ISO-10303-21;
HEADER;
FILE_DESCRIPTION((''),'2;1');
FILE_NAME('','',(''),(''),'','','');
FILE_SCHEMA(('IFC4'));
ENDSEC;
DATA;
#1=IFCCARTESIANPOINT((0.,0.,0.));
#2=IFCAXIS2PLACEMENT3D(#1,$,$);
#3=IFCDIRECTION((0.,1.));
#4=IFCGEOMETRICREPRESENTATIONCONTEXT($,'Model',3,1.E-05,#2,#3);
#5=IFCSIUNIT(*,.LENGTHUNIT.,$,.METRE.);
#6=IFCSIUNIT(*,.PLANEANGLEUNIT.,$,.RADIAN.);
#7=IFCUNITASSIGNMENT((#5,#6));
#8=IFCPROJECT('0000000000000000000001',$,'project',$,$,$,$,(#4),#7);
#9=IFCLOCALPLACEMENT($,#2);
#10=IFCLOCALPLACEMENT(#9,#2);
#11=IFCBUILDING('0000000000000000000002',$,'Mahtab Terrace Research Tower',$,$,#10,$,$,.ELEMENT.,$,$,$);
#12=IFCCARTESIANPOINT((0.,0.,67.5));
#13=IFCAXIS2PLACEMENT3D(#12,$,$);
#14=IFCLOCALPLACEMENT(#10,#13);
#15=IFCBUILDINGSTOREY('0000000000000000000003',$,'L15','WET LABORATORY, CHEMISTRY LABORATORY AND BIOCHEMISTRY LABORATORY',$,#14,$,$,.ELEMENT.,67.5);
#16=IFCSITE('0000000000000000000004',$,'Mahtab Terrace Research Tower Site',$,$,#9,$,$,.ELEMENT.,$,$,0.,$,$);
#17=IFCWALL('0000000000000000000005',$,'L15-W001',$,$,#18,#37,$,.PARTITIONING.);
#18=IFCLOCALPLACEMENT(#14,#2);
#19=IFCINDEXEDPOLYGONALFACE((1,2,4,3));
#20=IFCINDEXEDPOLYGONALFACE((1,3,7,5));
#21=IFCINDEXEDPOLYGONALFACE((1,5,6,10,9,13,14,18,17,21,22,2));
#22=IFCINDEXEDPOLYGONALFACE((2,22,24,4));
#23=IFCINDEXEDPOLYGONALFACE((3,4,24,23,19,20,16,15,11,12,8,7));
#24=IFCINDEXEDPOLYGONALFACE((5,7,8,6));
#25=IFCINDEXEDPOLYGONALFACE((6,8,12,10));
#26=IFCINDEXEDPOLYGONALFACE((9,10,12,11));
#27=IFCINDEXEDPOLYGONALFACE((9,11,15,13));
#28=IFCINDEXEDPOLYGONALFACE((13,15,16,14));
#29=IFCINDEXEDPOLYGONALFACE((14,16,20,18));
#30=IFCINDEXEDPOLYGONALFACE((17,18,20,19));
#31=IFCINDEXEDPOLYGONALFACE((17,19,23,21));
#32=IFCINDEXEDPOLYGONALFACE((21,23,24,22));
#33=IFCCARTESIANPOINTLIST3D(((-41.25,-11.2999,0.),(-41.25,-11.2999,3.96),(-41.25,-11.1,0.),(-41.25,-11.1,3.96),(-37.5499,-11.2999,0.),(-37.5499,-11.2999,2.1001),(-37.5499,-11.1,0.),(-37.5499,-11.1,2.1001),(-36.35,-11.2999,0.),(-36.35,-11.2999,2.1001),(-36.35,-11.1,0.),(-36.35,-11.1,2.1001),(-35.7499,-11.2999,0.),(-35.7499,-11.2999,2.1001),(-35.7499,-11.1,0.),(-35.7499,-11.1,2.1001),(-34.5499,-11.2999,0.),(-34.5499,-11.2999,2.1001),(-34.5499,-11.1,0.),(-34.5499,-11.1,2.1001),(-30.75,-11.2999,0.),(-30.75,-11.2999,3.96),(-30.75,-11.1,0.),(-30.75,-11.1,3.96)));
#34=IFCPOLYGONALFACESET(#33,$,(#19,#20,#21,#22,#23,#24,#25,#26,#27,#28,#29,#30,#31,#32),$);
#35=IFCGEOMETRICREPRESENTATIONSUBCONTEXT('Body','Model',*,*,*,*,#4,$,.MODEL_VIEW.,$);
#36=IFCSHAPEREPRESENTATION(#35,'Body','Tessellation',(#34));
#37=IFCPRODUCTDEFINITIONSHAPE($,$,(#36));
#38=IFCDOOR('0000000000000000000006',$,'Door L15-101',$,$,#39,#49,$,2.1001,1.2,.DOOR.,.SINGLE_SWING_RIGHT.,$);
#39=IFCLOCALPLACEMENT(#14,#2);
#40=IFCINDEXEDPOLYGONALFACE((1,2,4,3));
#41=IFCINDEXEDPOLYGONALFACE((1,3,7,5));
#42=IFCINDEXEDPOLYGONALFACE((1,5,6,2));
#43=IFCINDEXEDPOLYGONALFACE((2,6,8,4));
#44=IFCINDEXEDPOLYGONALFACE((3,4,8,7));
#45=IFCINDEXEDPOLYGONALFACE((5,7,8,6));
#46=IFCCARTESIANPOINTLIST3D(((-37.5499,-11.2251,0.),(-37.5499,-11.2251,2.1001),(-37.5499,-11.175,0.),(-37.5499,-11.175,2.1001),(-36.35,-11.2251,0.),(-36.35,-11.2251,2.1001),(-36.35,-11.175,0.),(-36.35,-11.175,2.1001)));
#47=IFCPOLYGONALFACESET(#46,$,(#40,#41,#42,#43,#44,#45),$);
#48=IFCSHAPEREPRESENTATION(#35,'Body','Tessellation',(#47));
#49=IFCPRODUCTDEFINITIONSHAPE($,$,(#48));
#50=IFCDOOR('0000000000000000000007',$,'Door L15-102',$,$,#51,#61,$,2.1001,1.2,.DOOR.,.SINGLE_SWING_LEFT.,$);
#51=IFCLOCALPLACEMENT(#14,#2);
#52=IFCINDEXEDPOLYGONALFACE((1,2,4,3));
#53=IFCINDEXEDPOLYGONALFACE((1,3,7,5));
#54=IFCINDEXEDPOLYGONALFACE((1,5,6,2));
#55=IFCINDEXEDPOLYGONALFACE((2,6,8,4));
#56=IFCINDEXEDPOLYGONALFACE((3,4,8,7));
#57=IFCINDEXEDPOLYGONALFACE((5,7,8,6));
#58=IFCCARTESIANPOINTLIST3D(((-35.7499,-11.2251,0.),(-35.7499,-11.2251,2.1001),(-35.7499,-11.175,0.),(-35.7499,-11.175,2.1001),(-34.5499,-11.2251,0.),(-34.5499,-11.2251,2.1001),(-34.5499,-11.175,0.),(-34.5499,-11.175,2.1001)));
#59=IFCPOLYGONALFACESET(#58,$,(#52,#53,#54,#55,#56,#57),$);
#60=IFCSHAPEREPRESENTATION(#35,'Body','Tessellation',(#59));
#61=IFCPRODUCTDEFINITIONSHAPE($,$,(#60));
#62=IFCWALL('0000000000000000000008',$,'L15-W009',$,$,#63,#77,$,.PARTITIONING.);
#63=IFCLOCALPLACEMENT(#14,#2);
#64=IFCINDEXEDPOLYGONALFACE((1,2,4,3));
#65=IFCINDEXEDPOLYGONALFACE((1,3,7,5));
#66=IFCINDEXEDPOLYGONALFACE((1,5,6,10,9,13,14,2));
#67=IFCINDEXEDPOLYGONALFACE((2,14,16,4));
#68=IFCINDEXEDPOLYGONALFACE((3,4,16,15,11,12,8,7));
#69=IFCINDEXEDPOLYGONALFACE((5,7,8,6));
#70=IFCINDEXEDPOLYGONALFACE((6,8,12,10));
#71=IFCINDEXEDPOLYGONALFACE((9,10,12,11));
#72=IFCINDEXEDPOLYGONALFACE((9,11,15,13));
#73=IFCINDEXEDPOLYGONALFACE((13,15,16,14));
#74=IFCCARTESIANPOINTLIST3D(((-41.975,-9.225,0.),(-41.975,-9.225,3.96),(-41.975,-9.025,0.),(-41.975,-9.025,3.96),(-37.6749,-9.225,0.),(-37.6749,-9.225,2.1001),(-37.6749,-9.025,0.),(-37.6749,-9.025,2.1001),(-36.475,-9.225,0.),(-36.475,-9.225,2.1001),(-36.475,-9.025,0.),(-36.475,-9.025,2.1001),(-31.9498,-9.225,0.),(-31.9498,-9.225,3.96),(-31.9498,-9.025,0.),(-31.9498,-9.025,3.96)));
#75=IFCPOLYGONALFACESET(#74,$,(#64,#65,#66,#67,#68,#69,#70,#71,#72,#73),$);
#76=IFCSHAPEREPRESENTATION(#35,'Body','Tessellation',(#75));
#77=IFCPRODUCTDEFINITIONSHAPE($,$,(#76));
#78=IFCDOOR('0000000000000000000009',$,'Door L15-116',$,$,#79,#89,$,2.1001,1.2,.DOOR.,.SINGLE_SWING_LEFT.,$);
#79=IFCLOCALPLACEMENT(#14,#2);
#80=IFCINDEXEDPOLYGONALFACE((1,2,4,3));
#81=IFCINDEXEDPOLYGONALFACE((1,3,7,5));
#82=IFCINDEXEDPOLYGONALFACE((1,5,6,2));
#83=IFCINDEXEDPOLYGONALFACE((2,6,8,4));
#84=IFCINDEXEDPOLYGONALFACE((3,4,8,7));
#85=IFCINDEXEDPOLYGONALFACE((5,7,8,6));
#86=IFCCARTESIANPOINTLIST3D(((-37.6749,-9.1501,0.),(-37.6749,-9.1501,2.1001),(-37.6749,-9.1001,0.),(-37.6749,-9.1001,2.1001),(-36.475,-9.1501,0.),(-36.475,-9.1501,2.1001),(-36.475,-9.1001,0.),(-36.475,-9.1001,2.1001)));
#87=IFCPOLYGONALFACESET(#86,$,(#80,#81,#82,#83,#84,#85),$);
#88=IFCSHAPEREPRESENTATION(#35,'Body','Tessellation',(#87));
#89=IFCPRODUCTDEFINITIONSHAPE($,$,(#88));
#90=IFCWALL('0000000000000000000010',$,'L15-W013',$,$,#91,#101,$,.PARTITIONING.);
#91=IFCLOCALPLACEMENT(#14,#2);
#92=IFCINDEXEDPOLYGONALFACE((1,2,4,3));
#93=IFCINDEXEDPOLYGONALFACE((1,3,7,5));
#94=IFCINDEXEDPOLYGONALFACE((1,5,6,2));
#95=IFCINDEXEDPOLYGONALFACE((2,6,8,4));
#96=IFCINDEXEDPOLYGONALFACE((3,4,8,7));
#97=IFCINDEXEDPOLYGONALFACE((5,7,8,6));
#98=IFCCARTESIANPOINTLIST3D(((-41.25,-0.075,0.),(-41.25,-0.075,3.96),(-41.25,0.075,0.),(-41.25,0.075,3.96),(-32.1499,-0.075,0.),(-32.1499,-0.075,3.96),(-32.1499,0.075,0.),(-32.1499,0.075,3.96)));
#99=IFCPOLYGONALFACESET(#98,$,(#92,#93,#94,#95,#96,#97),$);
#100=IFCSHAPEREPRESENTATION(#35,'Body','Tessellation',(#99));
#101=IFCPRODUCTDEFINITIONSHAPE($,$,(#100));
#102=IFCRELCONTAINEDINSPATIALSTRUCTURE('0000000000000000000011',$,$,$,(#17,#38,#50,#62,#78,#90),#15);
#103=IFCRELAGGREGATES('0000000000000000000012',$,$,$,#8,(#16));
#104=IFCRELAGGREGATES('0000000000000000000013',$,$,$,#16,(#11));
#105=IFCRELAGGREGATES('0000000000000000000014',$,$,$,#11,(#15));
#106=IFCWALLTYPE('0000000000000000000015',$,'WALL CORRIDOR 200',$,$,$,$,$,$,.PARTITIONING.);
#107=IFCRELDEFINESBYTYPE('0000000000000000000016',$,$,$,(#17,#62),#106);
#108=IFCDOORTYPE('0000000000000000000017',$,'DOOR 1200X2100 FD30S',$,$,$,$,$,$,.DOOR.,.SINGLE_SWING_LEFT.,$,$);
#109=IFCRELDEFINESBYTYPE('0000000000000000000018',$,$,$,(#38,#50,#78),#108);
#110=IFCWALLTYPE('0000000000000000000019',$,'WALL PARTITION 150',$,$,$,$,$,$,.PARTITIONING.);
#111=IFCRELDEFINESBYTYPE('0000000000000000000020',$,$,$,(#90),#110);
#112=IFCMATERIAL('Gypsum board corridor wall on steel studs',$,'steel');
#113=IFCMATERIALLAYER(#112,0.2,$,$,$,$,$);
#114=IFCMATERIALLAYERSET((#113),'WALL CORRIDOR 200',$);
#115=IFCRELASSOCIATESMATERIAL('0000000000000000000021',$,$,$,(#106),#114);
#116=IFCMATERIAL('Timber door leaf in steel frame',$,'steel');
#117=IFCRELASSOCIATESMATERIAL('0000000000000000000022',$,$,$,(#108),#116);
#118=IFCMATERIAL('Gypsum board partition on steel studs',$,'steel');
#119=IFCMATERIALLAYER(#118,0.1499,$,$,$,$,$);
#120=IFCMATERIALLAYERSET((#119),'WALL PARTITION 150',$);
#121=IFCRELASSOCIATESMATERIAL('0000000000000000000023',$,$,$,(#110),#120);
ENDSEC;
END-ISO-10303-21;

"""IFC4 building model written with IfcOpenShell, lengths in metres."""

from ifc_helpers import new_model, si_unit, direction, frame, frame_2d, origin, place, context, subcontext, project, spatial, rectangle, extrude, material, layer, layer_set, type_object, element, fill, save


model = new_model("IFC4")

# Units and contexts
model_context = context("Model", 3, precision=1e-05, world=origin(), true_north=direction((0.0, 1.0)))
body_context = subcontext(model_context, "Body", "Model", "MODEL_VIEW")
ifc_project = project(units=[si_unit("LENGTHUNIT", "METRE"), si_unit("PLANEANGLEUNIT", "RADIAN")], contexts=[model_context])

# Site, building, storey
site_placement = place(None, origin())
site = spatial("IfcSite", under=ifc_project, at=site_placement, Name="Mahtab Terrace Research Tower Site", CompositionType="ELEMENT", RefElevation=0.0)
building_placement = place(site_placement, origin())
building = spatial("IfcBuilding", under=site, at=building_placement, Name="Mahtab Terrace Research Tower", CompositionType="ELEMENT")
storey_placement = place(building_placement, frame((0.0, 0.0, 67.5)))
storey = spatial("IfcBuildingStorey", under=building, at=storey_placement, Name="L15", Description="WET LABORATORY, CHEMISTRY LABORATORY AND BIOCHEMISTRY LABORATORY", CompositionType="ELEMENT", Elevation=67.5)

# Wall, openings, doors
ifc_material_1 = material(Name="Gypsum board corridor wall on steel studs", Category="steel")
ifc_layer_1 = layer(ifc_material_1, 0.2)
ifc_layer_set_1 = layer_set([ifc_layer_1], Name="WALL CORRIDOR 200")
wall_type_1 = type_object("IfcWallType", Name="WALL CORRIDOR 200", PredefinedType="PARTITIONING", material=ifc_layer_set_1)
wall_1_placement = place(storey_placement, frame((-41.25, -11.2, 0.0), z_axis=(0.0, 0.0, 1.0), x_axis=(1.0, 0.0, 0.0)))
wall_1 = element("IfcWall", 1, at=wall_1_placement, inside=storey, type_object=wall_type_1, Name="L15-W001", PredefinedType="PARTITIONING", context=body_context, shape_type="SweptSolid", body=[
    extrude(rectangle(XDim=10.5, YDim=0.2, at=frame_2d((5.25, 0.0))), origin(), (0.0, 0.0, 1.0), 3.96),
])
opening_1_placement = place(wall_1_placement, frame((3.7, 0.0, 0.0)))
opening_1 = element("IfcOpeningElement", 2, at=opening_1_placement, cuts=wall_1, PredefinedType="OPENING", context=body_context, shape_type="SweptSolid", body=[
    extrude(rectangle(XDim=1.2, YDim=2.1001, at=frame_2d((0.6001, 1.05))), frame((0.0, 0.1099, 0.0), z_axis=(0.0, -1.0, 0.0), x_axis=(1.0, 0.0, 0.0)), (0.0, 0.0, 1.0), 0.22),
])
opening_2_placement = place(wall_1_placement, frame((5.5, 0.0, 0.0)))
opening_2 = element("IfcOpeningElement", 3, at=opening_2_placement, cuts=wall_1, PredefinedType="OPENING", context=body_context, shape_type="SweptSolid", body=[
    extrude(rectangle(XDim=1.2, YDim=2.1001, at=frame_2d((0.6001, 1.05))), frame((0.0, 0.1099, 0.0), z_axis=(0.0, -1.0, 0.0), x_axis=(1.0, 0.0, 0.0)), (0.0, 0.0, 1.0), 0.22),
])
ifc_material_2 = material(Name="Timber door leaf in steel frame", Category="steel")
door_type = type_object("IfcDoorType", Name="DOOR 1200X2100 FD30S", OperationType="SINGLE_SWING_LEFT", PredefinedType="DOOR", material=ifc_material_2)
door_1_placement = place(opening_1_placement, origin())
door_1 = element("IfcDoor", 4, at=door_1_placement, inside=storey, type_object=door_type, Name="Door L15-101", OperationType="SINGLE_SWING_RIGHT", OverallHeight=2.1001, OverallWidth=1.2, PredefinedType="DOOR", context=body_context, shape_type="SweptSolid", body=[
    extrude(rectangle(XDim=1.2, YDim=2.1001, at=frame_2d((0.6001, 1.05))), frame((0.0, 0.0249, 0.0), z_axis=(0.0, -1.0, 0.0), x_axis=(1.0, 0.0, 0.0)), (0.0, 0.0, 1.0), 0.05),
])
fill(opening_1, door_1)
door_2_placement = place(opening_2_placement, origin())
door_2 = element("IfcDoor", 5, at=door_2_placement, inside=storey, type_object=door_type, Name="Door L15-102", OperationType="SINGLE_SWING_LEFT", OverallHeight=2.1001, OverallWidth=1.2, PredefinedType="DOOR", context=body_context, shape_type="SweptSolid", body=[
    extrude(rectangle(XDim=1.2, YDim=2.1001, at=frame_2d((0.6001, 1.05))), frame((0.0, 0.0249, 0.0), z_axis=(0.0, -1.0, 0.0), x_axis=(1.0, 0.0, 0.0)), (0.0, 0.0, 1.0), 0.05),
])
fill(opening_2, door_2)

# Wall, opening, door
wall_2_placement = place(storey_placement, frame((-41.9751, -9.125, 0.0), z_axis=(0.0, 0.0, 1.0), x_axis=(1.0, 0.0, 0.0)))
wall_2 = element("IfcWall", 6, at=wall_2_placement, inside=storey, type_object=wall_type_1, Name="L15-W009", PredefinedType="PARTITIONING", context=body_context, shape_type="SweptSolid", body=[
    extrude(rectangle(XDim=10.0251, YDim=0.2, at=frame_2d((5.0127, 0.0))), origin(), (0.0, 0.0, 1.0), 3.96),
])
opening_3_placement = place(wall_2_placement, frame((4.3, 0.0, 0.0)))
opening_3 = element("IfcOpeningElement", 7, at=opening_3_placement, cuts=wall_2, PredefinedType="OPENING", context=body_context, shape_type="SweptSolid", body=[
    extrude(rectangle(XDim=1.2, YDim=2.1001, at=frame_2d((0.6001, 1.05))), frame((0.0, 0.1099, 0.0), z_axis=(0.0, -1.0, 0.0), x_axis=(1.0, 0.0, 0.0)), (0.0, 0.0, 1.0), 0.22),
])
door_3_placement = place(opening_3_placement, origin())
door_3 = element("IfcDoor", 8, at=door_3_placement, inside=storey, type_object=door_type, Name="Door L15-116", OperationType="SINGLE_SWING_LEFT", OverallHeight=2.1001, OverallWidth=1.2, PredefinedType="DOOR", context=body_context, shape_type="SweptSolid", body=[
    extrude(rectangle(XDim=1.2, YDim=2.1001, at=frame_2d((0.6001, 1.05))), frame((0.0, 0.0249, 0.0), z_axis=(0.0, -1.0, 0.0), x_axis=(1.0, 0.0, 0.0)), (0.0, 0.0, 1.0), 0.05),
])
fill(opening_3, door_3)

# Wall
ifc_material_3 = material(Name="Gypsum board partition on steel studs", Category="steel")
ifc_layer_2 = layer(ifc_material_3, 0.1499)
ifc_layer_set_2 = layer_set([ifc_layer_2], Name="WALL PARTITION 150")
wall_type_2 = type_object("IfcWallType", Name="WALL PARTITION 150", PredefinedType="PARTITIONING", material=ifc_layer_set_2)
wall_3_placement = place(storey_placement, frame((-41.25, 0.0, 0.0), z_axis=(0.0, 0.0, 1.0), x_axis=(1.0, 0.0, 0.0)))
element("IfcWall", 9, at=wall_3_placement, inside=storey, type_object=wall_type_2, Name="L15-W013", PredefinedType="PARTITIONING", context=body_context, shape_type="SweptSolid", body=[
    extrude(rectangle(XDim=9.1001, YDim=0.1499, at=frame_2d((4.55, 0.0))), origin(), (0.0, 0.0, 1.0), 3.96),
])

save(model, "model.ifc")
